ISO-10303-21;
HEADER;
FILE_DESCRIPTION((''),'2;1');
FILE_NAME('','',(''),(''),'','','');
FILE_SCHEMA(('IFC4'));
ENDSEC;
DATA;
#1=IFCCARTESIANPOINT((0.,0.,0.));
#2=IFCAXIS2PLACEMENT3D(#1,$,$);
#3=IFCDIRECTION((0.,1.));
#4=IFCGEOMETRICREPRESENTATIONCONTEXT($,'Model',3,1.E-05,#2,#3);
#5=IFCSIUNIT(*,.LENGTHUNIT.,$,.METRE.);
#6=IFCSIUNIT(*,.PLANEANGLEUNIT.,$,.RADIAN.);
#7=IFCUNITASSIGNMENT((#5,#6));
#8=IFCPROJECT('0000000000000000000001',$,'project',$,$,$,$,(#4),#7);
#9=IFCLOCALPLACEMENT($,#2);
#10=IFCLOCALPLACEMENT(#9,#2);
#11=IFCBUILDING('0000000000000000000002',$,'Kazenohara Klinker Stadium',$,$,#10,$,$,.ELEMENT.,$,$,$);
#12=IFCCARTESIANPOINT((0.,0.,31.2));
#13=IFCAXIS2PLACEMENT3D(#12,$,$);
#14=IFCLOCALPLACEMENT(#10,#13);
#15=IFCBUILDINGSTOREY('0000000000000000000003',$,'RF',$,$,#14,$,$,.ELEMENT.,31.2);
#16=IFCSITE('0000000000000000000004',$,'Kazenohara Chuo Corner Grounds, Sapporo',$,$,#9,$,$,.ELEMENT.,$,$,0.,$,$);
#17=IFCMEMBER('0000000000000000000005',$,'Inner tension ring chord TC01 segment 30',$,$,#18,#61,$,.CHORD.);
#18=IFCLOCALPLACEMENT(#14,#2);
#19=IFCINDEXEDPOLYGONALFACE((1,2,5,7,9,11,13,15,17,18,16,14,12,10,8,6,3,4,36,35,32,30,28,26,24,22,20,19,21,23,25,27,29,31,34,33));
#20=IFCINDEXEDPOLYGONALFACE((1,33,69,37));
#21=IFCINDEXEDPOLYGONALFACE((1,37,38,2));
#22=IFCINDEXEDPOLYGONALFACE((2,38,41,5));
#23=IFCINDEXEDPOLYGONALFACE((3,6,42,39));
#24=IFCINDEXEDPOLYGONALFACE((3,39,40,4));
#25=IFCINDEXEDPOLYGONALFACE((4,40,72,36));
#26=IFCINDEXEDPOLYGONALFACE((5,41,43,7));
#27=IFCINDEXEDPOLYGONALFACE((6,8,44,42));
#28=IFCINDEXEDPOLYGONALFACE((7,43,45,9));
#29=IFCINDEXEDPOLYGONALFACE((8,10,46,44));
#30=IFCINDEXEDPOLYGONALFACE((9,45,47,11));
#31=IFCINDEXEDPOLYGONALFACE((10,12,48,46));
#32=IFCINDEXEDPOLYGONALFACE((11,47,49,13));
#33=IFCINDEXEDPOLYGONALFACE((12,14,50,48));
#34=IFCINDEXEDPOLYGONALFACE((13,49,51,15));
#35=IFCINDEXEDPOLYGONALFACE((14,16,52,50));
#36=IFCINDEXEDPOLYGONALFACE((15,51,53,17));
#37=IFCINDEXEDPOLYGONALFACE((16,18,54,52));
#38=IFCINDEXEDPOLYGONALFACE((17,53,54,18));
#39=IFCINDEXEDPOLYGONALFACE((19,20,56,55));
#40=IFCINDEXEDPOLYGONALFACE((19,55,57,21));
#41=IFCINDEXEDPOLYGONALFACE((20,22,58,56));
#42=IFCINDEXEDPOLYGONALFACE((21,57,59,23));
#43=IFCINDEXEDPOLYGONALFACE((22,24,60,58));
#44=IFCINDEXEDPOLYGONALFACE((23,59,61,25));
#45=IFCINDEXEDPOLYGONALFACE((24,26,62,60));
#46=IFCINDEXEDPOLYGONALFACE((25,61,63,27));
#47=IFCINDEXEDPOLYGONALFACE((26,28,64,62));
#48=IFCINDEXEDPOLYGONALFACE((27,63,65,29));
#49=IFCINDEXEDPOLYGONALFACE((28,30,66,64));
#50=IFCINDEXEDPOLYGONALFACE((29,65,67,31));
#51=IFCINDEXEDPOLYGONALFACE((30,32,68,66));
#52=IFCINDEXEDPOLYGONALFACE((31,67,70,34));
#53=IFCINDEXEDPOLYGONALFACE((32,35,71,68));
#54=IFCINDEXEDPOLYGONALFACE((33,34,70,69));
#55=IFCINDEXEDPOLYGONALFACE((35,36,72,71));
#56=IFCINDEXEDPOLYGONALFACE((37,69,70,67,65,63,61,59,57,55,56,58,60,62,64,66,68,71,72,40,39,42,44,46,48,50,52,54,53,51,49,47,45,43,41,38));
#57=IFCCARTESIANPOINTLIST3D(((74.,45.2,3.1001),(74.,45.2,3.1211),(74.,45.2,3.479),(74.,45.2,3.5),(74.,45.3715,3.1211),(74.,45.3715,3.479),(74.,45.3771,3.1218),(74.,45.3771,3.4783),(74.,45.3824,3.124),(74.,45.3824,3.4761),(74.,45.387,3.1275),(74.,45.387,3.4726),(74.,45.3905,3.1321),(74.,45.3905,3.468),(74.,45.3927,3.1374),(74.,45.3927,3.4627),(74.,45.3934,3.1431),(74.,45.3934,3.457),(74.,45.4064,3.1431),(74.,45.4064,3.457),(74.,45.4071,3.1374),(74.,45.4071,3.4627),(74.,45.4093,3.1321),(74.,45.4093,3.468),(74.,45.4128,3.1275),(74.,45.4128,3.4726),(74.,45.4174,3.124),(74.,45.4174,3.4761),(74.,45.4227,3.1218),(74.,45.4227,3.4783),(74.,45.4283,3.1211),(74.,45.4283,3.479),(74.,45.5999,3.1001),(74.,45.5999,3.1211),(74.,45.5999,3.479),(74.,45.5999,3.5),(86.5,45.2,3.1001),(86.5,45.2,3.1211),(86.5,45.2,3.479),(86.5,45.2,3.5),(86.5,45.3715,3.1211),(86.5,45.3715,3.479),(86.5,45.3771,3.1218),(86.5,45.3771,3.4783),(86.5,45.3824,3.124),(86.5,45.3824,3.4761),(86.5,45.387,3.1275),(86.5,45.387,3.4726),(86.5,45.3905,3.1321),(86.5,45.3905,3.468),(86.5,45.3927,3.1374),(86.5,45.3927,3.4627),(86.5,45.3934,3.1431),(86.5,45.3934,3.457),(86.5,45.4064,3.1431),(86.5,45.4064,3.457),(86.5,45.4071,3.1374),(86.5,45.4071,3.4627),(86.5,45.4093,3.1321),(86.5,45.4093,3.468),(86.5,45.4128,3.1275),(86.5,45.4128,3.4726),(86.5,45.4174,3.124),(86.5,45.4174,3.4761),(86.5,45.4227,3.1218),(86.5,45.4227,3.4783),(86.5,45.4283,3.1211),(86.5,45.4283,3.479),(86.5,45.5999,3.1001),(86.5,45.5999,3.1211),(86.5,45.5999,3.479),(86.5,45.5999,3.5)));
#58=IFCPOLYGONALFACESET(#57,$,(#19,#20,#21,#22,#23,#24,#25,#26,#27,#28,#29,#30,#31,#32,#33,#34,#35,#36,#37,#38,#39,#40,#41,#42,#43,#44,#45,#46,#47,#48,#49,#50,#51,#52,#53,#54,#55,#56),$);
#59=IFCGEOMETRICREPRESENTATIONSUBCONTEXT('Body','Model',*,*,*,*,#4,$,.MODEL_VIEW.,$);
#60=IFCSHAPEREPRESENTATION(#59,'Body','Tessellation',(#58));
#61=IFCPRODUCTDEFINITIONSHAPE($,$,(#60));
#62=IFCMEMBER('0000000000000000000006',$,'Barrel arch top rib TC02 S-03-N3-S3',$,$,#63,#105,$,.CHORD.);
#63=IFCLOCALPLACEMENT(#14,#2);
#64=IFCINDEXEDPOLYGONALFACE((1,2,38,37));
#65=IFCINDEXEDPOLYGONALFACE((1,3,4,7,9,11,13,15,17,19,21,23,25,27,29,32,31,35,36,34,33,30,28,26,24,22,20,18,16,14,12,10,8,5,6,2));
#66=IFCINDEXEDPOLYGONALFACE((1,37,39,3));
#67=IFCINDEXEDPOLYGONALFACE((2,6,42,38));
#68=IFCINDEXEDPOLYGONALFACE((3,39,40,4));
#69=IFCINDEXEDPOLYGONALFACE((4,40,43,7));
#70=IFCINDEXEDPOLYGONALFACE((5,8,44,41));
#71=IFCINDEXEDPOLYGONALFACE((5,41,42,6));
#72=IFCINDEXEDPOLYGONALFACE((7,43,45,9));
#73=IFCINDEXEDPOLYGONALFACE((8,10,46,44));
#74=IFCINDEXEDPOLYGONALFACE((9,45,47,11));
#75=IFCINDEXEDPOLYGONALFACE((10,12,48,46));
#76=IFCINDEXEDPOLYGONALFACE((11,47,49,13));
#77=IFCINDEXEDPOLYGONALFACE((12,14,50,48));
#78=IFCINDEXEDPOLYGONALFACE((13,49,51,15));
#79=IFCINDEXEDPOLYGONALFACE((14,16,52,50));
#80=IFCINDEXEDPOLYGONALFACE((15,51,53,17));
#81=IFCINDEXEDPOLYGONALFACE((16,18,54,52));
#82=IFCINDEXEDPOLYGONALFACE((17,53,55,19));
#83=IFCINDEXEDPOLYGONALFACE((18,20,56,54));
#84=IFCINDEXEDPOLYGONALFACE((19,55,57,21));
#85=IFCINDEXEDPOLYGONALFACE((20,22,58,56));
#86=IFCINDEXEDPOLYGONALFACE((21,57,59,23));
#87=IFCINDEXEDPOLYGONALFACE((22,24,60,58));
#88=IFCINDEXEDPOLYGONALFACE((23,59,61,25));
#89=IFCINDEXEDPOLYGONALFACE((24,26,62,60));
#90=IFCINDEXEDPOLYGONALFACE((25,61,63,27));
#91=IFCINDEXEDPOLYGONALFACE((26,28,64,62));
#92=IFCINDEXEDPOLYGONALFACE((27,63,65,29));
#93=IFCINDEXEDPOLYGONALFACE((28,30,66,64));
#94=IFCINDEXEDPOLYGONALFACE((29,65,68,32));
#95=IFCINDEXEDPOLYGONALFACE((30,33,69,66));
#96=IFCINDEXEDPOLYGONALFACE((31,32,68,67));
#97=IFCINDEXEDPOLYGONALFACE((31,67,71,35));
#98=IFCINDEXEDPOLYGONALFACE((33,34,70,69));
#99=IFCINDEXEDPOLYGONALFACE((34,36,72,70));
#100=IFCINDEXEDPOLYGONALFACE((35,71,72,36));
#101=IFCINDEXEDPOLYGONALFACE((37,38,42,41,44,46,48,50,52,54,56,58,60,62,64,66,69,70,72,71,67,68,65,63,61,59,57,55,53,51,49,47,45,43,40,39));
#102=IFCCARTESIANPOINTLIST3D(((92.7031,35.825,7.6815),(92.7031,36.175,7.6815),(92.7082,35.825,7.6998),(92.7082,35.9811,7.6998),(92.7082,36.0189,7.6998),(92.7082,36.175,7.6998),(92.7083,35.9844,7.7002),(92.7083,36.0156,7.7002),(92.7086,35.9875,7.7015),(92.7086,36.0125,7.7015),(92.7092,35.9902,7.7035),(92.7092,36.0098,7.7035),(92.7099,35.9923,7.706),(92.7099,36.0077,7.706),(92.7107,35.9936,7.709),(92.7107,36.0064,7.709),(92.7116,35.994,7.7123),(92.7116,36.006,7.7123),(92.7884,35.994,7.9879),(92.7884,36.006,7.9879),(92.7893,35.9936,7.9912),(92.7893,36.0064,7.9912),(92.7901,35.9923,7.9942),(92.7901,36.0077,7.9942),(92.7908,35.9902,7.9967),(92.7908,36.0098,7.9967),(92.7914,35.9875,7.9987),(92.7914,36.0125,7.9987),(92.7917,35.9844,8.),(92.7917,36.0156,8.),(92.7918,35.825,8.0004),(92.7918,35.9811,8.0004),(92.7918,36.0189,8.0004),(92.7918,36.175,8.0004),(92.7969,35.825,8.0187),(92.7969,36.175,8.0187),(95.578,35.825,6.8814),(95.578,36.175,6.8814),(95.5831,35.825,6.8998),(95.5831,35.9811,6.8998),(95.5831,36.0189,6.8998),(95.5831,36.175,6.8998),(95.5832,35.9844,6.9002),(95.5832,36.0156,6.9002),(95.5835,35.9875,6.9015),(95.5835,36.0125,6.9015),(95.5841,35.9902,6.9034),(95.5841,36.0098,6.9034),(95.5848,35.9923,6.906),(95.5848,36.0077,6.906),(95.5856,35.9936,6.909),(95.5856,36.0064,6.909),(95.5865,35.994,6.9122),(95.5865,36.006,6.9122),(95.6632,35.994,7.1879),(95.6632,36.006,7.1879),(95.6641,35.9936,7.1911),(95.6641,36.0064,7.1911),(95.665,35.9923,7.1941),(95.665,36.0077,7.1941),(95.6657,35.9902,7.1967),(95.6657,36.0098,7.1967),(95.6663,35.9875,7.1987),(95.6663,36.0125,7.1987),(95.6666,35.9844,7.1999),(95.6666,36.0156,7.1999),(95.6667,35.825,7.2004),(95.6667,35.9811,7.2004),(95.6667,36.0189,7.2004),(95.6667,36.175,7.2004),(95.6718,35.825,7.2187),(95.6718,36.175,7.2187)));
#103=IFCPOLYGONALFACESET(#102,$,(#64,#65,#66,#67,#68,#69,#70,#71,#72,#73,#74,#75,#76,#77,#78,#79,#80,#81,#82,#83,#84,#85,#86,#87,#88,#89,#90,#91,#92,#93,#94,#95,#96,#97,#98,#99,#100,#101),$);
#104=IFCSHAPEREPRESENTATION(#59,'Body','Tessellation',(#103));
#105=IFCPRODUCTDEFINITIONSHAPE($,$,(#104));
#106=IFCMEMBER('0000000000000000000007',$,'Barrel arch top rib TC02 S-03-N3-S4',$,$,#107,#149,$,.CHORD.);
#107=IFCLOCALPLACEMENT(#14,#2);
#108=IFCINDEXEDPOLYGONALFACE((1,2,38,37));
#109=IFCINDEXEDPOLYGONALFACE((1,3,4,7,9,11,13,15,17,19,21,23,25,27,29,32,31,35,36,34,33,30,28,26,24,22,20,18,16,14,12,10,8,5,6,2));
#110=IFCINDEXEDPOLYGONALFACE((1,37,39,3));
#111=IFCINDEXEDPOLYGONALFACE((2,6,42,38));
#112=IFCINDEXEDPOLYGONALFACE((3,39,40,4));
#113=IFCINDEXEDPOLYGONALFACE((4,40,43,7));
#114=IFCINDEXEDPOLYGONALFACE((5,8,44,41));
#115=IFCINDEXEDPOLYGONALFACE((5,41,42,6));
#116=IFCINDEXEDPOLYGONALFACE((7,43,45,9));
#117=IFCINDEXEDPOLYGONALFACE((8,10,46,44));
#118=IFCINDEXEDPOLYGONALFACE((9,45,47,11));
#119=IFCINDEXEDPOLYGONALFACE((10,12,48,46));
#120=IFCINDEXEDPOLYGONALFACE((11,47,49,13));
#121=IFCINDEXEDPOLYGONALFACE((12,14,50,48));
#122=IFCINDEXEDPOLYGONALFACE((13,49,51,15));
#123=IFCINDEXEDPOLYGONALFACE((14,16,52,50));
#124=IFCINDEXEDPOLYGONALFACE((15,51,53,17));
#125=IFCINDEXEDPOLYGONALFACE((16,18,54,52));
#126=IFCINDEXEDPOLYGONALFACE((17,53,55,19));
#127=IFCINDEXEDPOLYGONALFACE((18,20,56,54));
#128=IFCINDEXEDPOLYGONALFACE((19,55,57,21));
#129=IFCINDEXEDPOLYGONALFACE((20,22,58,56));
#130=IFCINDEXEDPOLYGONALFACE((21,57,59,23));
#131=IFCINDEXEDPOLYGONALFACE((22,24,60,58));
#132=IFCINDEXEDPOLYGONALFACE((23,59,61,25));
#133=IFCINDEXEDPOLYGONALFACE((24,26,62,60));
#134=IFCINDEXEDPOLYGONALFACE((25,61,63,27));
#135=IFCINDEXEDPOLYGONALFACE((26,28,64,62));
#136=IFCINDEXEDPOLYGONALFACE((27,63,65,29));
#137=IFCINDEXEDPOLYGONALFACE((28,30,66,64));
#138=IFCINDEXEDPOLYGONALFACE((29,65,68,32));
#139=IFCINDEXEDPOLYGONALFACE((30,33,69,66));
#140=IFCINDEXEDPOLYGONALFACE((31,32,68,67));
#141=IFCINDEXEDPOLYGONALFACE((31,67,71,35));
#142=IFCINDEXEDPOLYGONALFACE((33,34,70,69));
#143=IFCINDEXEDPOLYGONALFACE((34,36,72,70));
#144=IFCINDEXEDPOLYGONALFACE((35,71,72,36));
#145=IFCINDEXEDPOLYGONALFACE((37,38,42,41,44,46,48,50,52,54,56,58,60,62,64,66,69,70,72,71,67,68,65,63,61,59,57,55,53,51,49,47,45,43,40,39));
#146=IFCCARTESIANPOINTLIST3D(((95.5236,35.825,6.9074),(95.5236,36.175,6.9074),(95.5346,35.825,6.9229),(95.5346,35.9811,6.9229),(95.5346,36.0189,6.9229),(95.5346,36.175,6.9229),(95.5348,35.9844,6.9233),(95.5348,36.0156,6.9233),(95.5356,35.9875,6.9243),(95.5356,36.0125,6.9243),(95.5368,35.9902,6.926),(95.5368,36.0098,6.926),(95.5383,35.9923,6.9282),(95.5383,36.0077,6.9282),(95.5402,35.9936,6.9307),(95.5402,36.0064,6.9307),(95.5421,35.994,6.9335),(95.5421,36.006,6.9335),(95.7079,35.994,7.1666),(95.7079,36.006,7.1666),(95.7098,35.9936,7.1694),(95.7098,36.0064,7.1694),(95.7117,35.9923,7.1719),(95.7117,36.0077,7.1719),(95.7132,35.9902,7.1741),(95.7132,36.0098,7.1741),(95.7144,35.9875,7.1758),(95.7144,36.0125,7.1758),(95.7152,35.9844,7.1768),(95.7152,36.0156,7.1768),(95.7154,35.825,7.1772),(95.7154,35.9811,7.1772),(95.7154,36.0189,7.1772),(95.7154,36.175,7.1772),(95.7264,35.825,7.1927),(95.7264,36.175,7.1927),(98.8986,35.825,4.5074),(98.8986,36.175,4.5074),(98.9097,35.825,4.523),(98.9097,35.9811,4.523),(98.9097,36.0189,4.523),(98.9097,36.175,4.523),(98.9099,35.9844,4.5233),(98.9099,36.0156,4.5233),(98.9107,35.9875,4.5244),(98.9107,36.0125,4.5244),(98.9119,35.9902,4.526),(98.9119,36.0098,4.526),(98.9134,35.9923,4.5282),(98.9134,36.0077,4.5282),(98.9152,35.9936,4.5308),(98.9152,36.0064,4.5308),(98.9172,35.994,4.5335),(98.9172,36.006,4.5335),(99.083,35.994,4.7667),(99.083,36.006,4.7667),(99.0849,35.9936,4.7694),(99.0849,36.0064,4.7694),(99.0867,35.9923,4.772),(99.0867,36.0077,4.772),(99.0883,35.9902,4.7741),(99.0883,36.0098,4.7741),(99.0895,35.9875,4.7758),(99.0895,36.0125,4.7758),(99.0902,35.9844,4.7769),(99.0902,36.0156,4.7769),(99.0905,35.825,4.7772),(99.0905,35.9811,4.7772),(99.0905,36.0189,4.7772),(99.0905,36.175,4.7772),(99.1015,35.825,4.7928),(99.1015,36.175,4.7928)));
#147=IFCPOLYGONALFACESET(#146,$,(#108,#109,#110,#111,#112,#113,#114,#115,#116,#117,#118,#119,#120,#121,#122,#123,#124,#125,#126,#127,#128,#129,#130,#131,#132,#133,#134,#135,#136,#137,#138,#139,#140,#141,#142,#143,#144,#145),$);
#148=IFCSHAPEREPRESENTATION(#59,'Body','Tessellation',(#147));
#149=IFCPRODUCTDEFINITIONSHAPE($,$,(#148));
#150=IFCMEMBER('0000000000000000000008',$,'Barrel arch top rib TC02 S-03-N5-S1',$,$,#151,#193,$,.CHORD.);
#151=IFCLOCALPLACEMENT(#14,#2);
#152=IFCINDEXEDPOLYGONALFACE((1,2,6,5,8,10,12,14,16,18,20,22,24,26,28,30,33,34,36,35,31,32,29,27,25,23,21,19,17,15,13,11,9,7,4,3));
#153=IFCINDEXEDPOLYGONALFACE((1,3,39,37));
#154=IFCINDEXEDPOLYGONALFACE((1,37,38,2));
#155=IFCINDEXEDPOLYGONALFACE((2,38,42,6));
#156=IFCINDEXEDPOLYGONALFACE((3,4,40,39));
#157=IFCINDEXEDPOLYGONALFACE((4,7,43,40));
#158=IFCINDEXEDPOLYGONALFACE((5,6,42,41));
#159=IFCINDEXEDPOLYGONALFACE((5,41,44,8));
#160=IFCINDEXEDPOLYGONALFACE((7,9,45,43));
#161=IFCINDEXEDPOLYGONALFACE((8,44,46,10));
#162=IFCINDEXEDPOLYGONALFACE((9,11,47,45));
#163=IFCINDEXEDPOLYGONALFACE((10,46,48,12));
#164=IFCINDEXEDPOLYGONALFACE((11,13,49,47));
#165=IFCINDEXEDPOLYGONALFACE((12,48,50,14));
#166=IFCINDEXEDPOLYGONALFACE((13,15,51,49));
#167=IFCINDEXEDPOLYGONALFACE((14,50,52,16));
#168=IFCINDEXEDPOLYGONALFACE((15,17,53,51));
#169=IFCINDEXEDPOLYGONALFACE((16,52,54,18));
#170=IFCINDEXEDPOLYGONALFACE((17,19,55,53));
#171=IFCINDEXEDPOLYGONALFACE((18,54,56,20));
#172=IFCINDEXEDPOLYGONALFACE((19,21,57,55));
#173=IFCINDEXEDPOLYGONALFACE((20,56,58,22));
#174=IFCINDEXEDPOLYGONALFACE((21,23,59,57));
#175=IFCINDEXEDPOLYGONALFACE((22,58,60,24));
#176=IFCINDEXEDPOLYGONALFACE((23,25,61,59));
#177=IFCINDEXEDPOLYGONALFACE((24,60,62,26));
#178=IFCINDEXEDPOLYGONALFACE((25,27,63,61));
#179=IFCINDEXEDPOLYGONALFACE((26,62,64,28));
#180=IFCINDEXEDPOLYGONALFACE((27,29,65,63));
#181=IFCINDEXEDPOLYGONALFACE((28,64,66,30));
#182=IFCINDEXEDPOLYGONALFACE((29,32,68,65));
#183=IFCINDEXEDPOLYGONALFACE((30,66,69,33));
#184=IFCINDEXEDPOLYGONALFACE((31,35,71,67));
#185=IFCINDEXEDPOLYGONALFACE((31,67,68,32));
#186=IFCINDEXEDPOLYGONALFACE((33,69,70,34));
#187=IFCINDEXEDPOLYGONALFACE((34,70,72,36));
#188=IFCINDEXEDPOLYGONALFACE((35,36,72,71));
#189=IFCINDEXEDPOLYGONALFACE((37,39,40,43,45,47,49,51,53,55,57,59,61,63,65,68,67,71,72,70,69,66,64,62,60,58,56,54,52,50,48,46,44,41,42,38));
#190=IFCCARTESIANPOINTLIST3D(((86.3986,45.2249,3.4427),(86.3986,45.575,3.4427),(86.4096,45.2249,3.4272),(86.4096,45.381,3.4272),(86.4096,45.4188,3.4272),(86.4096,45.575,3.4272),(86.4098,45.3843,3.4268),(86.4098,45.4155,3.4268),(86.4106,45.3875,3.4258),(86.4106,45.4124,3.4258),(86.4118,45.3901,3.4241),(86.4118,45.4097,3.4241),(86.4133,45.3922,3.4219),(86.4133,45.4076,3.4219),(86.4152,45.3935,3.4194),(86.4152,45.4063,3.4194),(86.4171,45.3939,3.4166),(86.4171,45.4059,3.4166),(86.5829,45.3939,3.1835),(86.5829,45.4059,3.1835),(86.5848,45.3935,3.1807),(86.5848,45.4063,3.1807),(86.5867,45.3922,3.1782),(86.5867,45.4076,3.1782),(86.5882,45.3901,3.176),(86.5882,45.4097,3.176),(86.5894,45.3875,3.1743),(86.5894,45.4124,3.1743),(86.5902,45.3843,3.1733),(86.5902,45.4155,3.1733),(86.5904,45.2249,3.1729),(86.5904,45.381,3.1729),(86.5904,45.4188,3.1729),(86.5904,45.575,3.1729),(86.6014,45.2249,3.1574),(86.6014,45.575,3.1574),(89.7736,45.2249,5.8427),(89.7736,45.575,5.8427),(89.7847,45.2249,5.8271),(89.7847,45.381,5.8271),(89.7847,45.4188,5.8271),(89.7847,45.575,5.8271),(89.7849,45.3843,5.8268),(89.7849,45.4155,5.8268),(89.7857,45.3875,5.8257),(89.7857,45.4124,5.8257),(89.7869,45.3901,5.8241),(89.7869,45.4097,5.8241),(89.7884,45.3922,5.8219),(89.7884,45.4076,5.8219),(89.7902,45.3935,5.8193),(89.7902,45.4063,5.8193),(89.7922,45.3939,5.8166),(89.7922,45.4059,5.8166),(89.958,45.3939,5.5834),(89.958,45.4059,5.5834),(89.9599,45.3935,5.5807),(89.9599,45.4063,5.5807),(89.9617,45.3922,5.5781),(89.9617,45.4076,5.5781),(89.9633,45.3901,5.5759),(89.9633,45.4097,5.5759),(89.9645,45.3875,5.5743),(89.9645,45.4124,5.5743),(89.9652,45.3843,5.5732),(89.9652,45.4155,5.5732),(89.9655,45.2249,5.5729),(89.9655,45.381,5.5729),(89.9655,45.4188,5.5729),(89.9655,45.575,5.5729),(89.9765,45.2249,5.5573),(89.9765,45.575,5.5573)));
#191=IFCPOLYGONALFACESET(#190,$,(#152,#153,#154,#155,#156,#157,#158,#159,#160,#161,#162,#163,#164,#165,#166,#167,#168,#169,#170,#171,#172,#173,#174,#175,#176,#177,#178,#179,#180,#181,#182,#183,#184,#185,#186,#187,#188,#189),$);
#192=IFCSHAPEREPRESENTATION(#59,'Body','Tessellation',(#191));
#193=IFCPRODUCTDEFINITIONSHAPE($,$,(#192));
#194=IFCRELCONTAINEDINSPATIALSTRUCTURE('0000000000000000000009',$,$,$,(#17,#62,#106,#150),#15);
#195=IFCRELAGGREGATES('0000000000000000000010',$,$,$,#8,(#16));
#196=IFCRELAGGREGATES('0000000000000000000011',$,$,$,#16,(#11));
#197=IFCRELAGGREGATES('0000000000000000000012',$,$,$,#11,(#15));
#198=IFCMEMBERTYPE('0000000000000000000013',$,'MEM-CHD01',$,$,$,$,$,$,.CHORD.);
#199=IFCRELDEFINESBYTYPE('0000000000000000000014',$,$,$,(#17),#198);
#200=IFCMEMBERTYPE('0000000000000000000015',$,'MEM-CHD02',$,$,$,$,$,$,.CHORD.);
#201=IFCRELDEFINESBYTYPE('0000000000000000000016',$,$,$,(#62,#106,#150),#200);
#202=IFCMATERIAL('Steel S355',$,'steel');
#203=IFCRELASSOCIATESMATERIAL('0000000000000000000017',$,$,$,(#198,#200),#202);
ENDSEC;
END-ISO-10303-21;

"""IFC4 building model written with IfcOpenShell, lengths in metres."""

from ifc_helpers import new_model, si_unit, direction, frame, origin, origin_2d, place, context, subcontext, project, spatial, i_section, extrude, material, material_profile, profile_set, type_object, element, save


model = new_model("IFC4")

# Units and contexts
model_context = context("Model", 3, precision=1e-05, world=origin(), true_north=direction((0.0, 1.0)))
body_context = subcontext(model_context, "Body", "Model", "MODEL_VIEW")
ifc_project = project(units=[si_unit("LENGTHUNIT", "METRE"), si_unit("PLANEANGLEUNIT", "RADIAN")], contexts=[model_context])

# Site, building, storey
site_placement = place(None, origin())
site = spatial("IfcSite", under=ifc_project, at=site_placement, Name="Kazenohara Chuo Corner Grounds, Sapporo", CompositionType="ELEMENT", RefElevation=0.0)
building_placement = place(site_placement, origin())
building = spatial("IfcBuilding", under=site, at=building_placement, Name="Kazenohara Klinker Stadium", CompositionType="ELEMENT")
storey_placement = place(building_placement, frame((0.0, 0.0, 31.2)))
storey = spatial("IfcBuildingStorey", under=building, at=storey_placement, Name="RF", CompositionType="ELEMENT", Elevation=31.2)

# Members
ifc_material_1 = material(Name="Steel S355", Category="steel")
ifc_material_profile_1 = material_profile(ifc_material_1, i_section(OverallWidth=0.3999, OverallDepth=0.3999, WebThickness=0.0129, FlangeThickness=0.021, FilletRadius=0.022, at=origin_2d()), Name="H-400x400x13x21")
ifc_profile_set_1 = profile_set([ifc_material_profile_1], Name="Steel S355")
member_type_1 = type_object("IfcMemberType", Name="MEM-CHD01", PredefinedType="CHORD", material=ifc_profile_set_1)
member_1_placement = place(storey_placement, frame((86.5, 45.3999, 3.3), z_axis=(-1.0, 0.0, 0.0), x_axis=(0.0, -1.0, 0.0)))
element("IfcMember", 1, at=member_1_placement, inside=storey, type_object=member_type_1, Name="Inner tension ring chord TC01 segment 30", PredefinedType="CHORD", context=body_context, shape_type="SweptSolid", body=[
    extrude(i_section(OverallWidth=0.3999, OverallDepth=0.3999, WebThickness=0.0129, FlangeThickness=0.021, FilletRadius=0.022, at=origin_2d()), origin(), (0.0, 0.0, 1.0), 12.5),
])
ifc_material_profile_2 = material_profile(ifc_material_1, i_section(OverallWidth=0.3501, OverallDepth=0.3501, WebThickness=0.012, FlangeThickness=0.019, FilletRadius=0.0129, at=origin_2d()), Name="H-350x350x12x19")
ifc_profile_set_2 = profile_set([ifc_material_profile_2], Name="Steel S355")
member_type_2 = type_object("IfcMemberType", Name="MEM-CHD02", PredefinedType="CHORD", material=ifc_profile_set_2)
member_2_placement = place(storey_placement, frame((92.75, 36.0, 7.8501), z_axis=(0.963394, 0.0, -0.268091), x_axis=(0.0, 1.0, 0.0)))
element("IfcMember", 2, at=member_2_placement, inside=storey, type_object=member_type_2, Name="Barrel arch top rib TC02 S-03-N3-S3", PredefinedType="CHORD", context=body_context, shape_type="SweptSolid", body=[
    extrude(i_section(OverallWidth=0.3501, OverallDepth=0.3501, WebThickness=0.012, FlangeThickness=0.019, FilletRadius=0.0129, at=origin_2d()), origin(), (0.0, 0.0, 1.0), 2.9841),
])
for number, where, z_axis, x_axis, name in (
    (3, (95.625, 36.0, 7.05), (0.814966, 0.0, -0.579508), (0.0, 1.0, 0.0), "Barrel arch top rib TC02 S-03-N3-S4"),
    (4, (86.5, 45.3999, 3.3), (0.814966, 0.0, 0.579508), (0.0, 1.0, 0.0), "Barrel arch top rib TC02 S-03-N5-S1"),
):
    element("IfcMember", number, at=place(storey_placement, frame(where, z_axis=z_axis, x_axis=x_axis)), inside=storey, type_object=member_type_2, Name=name, PredefinedType="CHORD", context=body_context, shape_type="SweptSolid", body=[
        extrude(i_section(OverallWidth=0.3501, OverallDepth=0.3501, WebThickness=0.012, FlangeThickness=0.019, FilletRadius=0.0129, at=origin_2d()), origin(), (0.0, 0.0, 1.0), 4.1414),
    ])

save(model, "model.ifc")
